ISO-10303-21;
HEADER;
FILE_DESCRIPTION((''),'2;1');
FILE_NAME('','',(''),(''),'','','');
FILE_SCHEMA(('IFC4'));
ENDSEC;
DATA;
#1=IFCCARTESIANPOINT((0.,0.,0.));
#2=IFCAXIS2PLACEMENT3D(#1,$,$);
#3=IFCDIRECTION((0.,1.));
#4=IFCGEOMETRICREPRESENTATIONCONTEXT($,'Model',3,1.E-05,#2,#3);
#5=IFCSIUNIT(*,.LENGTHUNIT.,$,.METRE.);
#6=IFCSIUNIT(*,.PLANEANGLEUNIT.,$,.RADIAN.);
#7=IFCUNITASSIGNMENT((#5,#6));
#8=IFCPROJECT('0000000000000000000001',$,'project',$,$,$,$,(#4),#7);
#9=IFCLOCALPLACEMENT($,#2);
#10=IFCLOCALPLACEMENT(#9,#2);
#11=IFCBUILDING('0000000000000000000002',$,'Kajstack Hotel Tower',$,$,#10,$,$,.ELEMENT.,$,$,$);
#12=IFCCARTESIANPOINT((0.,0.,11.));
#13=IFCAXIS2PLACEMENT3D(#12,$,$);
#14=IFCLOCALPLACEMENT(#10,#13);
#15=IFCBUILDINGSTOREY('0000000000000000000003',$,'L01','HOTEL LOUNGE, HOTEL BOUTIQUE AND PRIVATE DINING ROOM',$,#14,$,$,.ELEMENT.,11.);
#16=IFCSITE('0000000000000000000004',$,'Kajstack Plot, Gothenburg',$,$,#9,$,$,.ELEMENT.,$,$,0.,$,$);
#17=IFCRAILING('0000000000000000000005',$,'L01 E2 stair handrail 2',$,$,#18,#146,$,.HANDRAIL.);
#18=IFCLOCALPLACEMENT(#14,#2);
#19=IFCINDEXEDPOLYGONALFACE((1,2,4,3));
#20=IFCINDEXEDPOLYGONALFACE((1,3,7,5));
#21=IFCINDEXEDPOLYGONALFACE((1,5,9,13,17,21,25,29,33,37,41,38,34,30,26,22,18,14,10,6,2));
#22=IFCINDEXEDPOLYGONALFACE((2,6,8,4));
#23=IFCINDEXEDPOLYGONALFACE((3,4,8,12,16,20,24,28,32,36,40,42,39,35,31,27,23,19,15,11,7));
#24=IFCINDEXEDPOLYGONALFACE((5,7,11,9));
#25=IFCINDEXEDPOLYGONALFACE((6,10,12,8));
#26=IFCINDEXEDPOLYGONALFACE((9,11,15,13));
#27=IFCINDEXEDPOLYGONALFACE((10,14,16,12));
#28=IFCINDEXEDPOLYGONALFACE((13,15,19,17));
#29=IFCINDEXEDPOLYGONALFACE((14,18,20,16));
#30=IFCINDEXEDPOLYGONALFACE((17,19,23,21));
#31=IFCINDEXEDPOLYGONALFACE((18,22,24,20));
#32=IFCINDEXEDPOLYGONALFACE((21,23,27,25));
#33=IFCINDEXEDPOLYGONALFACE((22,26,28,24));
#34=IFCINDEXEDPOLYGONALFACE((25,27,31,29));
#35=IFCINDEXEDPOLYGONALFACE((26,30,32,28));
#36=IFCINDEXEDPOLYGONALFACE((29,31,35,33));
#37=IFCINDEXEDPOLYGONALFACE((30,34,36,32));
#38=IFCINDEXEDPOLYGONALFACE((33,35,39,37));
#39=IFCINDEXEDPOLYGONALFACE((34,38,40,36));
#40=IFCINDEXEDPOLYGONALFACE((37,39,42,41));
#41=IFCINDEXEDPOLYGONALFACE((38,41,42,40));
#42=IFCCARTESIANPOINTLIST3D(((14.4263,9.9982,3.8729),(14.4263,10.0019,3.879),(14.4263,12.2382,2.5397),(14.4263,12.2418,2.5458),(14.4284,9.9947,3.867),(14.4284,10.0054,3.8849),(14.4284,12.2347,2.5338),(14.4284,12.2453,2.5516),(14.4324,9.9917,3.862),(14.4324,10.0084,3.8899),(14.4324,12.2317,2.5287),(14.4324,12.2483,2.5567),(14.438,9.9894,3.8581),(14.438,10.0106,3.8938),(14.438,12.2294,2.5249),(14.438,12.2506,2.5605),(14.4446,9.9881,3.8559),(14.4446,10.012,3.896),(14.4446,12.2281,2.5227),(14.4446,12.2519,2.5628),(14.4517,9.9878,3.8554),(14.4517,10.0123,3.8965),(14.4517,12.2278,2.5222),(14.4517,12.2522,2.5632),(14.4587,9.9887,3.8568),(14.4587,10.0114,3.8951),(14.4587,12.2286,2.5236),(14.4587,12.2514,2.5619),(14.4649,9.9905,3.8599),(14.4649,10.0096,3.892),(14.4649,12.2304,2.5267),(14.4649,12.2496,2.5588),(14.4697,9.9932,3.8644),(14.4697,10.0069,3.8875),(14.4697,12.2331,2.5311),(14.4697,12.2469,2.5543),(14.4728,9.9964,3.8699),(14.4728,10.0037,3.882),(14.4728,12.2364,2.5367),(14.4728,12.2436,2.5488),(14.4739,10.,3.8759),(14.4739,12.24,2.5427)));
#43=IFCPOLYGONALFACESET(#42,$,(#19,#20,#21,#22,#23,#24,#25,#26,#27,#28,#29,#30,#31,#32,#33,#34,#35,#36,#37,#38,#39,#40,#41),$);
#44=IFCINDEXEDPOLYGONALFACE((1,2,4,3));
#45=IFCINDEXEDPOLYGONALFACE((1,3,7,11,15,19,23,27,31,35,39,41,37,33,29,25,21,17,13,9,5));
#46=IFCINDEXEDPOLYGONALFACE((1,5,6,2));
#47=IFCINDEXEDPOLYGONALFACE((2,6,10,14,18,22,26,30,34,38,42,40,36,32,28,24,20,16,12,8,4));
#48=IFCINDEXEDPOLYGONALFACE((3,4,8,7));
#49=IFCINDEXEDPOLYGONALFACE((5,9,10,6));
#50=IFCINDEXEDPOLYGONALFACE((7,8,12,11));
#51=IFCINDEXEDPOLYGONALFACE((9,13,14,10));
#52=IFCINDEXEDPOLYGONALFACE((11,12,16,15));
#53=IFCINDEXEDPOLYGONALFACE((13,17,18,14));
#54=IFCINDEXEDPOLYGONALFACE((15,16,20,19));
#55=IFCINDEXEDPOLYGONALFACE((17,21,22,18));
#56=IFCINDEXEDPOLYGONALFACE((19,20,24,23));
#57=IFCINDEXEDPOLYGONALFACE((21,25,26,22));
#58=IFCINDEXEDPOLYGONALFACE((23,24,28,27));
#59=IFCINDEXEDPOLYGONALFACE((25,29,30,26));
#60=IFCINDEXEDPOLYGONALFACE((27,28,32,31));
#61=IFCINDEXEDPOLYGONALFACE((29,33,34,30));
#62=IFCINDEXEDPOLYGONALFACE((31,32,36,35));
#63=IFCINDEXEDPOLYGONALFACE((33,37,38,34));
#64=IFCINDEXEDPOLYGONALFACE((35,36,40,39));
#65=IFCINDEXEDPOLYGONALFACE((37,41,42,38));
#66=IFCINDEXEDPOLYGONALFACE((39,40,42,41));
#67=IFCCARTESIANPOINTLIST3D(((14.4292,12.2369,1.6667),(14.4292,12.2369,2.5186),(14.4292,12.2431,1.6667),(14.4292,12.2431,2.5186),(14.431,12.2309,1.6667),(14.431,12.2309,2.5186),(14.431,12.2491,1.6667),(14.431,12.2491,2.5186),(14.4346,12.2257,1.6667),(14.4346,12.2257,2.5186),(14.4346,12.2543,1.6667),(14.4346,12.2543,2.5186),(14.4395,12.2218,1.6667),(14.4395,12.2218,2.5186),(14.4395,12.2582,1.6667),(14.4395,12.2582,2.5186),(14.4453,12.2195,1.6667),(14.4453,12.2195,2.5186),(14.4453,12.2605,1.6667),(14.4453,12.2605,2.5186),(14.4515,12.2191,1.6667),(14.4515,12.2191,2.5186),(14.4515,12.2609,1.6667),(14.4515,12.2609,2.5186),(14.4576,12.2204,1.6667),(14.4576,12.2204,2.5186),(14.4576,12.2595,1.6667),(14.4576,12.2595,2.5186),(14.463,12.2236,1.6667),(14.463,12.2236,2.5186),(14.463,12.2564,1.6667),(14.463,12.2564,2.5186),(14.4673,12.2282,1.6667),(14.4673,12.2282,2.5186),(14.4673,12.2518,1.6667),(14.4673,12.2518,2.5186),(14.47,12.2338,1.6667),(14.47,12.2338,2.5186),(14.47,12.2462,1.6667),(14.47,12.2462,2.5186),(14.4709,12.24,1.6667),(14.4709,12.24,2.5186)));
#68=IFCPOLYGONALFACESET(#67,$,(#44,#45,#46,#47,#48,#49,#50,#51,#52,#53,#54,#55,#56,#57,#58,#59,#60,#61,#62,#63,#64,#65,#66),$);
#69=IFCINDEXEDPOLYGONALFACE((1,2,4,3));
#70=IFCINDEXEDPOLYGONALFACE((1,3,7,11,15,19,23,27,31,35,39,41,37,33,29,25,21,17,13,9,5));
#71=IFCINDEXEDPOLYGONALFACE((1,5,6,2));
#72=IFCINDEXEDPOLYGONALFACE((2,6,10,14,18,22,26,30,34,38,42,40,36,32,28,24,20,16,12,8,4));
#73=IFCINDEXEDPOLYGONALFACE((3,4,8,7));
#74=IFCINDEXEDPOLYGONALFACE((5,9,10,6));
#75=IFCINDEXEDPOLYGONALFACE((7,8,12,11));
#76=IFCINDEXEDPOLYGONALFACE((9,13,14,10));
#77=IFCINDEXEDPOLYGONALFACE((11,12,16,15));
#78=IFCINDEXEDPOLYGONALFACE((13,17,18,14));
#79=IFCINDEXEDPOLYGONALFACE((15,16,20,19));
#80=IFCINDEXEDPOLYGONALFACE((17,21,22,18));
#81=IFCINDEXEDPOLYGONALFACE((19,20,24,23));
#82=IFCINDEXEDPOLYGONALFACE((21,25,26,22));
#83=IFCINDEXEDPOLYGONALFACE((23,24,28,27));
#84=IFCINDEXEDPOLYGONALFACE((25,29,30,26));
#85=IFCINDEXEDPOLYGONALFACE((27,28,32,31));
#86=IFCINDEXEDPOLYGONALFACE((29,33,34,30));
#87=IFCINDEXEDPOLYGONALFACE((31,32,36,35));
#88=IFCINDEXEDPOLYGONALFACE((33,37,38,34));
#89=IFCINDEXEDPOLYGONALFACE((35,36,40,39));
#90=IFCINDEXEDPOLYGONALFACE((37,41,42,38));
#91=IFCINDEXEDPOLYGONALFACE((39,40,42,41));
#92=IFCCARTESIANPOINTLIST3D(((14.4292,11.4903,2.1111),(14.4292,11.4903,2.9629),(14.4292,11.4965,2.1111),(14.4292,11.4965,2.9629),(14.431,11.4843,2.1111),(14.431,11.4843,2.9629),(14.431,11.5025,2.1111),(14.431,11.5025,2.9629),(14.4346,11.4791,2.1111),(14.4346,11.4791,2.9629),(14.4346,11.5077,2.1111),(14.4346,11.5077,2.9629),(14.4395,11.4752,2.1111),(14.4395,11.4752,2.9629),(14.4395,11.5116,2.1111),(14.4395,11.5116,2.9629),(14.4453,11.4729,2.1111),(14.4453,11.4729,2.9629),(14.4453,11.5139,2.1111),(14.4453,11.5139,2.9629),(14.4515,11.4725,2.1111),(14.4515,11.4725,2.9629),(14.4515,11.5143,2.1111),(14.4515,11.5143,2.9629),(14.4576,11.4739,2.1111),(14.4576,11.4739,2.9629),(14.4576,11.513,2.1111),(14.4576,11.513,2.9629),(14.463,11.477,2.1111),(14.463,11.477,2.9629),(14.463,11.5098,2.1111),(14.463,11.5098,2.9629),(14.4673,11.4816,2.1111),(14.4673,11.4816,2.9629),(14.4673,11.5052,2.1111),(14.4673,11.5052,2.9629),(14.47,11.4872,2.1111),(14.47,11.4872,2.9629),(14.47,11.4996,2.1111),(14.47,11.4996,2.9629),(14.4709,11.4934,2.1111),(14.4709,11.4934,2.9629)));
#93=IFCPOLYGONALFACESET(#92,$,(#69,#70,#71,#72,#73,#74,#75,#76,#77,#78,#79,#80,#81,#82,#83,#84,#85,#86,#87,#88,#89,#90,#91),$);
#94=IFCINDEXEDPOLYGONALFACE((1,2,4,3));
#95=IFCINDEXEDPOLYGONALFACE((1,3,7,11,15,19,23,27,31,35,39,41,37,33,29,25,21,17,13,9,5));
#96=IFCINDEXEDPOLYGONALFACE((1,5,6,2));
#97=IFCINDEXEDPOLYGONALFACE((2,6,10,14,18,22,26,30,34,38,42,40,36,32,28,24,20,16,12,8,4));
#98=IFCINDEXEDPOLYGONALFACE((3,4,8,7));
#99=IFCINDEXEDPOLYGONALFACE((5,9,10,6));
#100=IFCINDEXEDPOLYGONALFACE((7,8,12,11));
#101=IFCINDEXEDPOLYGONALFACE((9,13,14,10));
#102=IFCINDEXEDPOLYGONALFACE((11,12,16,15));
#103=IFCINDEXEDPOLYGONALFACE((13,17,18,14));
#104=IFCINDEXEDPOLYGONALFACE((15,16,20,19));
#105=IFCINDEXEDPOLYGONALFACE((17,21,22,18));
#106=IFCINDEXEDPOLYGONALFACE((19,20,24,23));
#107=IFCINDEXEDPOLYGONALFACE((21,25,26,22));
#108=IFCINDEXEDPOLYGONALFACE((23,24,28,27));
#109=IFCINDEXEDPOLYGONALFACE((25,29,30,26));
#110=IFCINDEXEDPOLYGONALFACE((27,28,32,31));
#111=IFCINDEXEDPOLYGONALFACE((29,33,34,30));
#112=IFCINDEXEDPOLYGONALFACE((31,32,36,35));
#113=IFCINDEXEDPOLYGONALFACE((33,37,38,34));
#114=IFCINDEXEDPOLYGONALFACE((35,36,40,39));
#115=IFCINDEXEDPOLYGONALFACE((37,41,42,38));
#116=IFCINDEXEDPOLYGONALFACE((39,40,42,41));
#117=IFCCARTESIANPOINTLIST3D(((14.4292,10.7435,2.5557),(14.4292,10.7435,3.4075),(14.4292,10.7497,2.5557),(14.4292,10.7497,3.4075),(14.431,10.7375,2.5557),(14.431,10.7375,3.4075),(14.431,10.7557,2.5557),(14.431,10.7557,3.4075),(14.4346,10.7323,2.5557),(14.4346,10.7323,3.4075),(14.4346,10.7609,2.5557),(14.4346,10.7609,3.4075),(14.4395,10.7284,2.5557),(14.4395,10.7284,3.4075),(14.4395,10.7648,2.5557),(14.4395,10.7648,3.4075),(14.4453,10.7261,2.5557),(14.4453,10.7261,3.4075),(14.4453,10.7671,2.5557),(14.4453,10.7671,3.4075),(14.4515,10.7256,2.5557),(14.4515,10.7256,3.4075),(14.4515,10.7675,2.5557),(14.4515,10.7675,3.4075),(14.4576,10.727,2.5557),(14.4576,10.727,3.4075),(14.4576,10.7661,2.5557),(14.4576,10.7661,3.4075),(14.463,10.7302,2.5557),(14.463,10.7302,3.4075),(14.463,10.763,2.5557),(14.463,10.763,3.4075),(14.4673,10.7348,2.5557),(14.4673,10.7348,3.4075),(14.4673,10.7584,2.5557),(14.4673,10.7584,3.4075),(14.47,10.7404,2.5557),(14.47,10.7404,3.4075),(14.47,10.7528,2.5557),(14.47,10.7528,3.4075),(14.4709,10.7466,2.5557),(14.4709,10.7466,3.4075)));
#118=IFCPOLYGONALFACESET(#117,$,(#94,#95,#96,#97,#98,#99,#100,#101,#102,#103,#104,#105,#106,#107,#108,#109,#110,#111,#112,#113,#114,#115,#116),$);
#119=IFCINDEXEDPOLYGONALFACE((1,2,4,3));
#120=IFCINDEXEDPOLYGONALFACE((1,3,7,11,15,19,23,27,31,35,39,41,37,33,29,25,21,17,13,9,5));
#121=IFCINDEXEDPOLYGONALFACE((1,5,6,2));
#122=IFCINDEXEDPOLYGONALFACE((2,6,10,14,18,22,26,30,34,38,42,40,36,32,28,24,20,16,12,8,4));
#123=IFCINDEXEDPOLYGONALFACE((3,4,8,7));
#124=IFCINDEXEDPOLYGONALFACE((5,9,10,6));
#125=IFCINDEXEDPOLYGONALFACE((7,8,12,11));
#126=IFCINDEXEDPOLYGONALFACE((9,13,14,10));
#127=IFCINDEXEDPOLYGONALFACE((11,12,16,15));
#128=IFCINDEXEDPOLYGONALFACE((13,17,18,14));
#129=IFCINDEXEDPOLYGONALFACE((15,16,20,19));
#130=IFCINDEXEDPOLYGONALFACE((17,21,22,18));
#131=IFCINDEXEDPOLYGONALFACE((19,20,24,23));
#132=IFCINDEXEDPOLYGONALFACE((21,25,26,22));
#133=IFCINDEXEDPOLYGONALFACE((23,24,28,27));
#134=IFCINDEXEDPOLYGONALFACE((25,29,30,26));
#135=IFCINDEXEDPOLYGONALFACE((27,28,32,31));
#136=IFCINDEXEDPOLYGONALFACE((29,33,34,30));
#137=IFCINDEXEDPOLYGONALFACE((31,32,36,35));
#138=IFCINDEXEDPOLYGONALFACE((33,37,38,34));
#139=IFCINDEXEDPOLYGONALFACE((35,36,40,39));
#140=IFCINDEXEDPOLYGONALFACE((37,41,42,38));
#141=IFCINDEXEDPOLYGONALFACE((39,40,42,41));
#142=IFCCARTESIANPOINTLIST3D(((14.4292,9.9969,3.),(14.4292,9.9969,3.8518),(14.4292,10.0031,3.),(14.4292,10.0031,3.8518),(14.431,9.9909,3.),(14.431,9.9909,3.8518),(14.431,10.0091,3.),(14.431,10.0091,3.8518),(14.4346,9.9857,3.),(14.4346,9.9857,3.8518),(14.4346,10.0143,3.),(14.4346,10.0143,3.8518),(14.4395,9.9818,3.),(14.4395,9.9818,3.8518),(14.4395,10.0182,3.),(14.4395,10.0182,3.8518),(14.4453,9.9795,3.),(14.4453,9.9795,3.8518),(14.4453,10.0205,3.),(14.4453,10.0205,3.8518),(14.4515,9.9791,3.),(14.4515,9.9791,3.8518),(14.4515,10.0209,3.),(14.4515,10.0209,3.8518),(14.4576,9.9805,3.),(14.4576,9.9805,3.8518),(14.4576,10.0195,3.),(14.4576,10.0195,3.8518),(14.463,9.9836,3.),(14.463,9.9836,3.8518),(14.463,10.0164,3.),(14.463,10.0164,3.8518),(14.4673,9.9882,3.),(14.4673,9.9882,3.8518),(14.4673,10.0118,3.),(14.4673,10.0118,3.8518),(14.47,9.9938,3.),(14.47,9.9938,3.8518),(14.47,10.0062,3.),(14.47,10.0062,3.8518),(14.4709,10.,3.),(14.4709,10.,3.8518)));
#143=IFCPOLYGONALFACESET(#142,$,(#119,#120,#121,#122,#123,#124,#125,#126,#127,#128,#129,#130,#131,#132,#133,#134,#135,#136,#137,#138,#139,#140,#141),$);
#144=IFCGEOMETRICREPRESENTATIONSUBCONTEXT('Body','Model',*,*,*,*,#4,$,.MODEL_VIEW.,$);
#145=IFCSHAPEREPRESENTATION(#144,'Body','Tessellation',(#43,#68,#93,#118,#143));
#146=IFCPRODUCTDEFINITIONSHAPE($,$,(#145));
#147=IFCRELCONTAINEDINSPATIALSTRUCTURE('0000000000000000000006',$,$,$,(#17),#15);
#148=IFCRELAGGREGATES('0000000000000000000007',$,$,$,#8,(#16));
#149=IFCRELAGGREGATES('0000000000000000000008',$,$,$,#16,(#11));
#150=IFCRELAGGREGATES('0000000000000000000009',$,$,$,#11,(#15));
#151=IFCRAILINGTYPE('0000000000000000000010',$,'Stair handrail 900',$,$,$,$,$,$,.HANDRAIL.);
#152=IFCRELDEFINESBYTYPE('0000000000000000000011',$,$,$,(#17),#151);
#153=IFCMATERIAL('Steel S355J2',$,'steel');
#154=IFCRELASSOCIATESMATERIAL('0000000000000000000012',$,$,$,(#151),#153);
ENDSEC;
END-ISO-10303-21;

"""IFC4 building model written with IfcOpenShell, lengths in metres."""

from ifc_helpers import new_model, si_unit, direction, frame, origin, origin_2d, place, context, subcontext, project, spatial, circle, extrude, material, type_object, element, save


model = new_model("IFC4")

# Units and contexts
model_context = context("Model", 3, precision=1e-05, world=origin(), true_north=direction((0.0, 1.0)))
body_context = subcontext(model_context, "Body", "Model", "MODEL_VIEW")
ifc_project = project(units=[si_unit("LENGTHUNIT", "METRE"), si_unit("PLANEANGLEUNIT", "RADIAN")], contexts=[model_context])

# Site, building, storey
site_placement = place(None, origin())
site = spatial("IfcSite", under=ifc_project, at=site_placement, Name="Kajstack Plot, Gothenburg", CompositionType="ELEMENT", RefElevation=0.0)
building_placement = place(site_placement, origin())
building = spatial("IfcBuilding", under=site, at=building_placement, Name="Kajstack Hotel Tower", CompositionType="ELEMENT")
storey_placement = place(building_placement, frame((0.0, 0.0, 11.0)))
storey = spatial("IfcBuildingStorey", under=building, at=storey_placement, Name="L01", Description="HOTEL LOUNGE, HOTEL BOUTIQUE AND PRIVATE DINING ROOM", CompositionType="ELEMENT", Elevation=11.0)

# Railing
ifc_material_1 = material(Name="Steel S355J2", Category="steel")
railing_type = type_object("IfcRailingType", Name="Stair handrail 900", PredefinedType="HANDRAIL", material=ifc_material_1)
railing_1_placement = place(storey_placement, frame((14.45, 12.24, 1.6667)))
element("IfcRailing", 1, at=railing_1_placement, inside=storey, type_object=railing_type, Name="L01 E2 stair handrail 2", PredefinedType="HANDRAIL", context=body_context, shape_type="SweptSolid", body=[
    extrude(circle(Radius=0.0239, at=origin_2d()), frame((0.0, 0.0, 0.876), z_axis=(0.0, -0.859306, 0.511462), x_axis=(1.0, 0.0, 0.0)), (0.0, 0.0, 1.0), 2.6067),
    extrude(circle(Radius=0.021, at=origin_2d()), origin(), (0.0, 0.0, 1.0), 0.8518),
    extrude(circle(Radius=0.021, at=origin_2d()), frame((0.0, -0.7466, 0.4443)), (0.0, 0.0, 1.0), 0.8518),
    extrude(circle(Radius=0.021, at=origin_2d()), frame((0.0, -1.4934, 0.8889)), (0.0, 0.0, 1.0), 0.8518),
    extrude(circle(Radius=0.021, at=origin_2d()), frame((0.0, -2.24, 1.3333)), (0.0, 0.0, 1.0), 0.8518),
])

save(model, "model.ifc")
